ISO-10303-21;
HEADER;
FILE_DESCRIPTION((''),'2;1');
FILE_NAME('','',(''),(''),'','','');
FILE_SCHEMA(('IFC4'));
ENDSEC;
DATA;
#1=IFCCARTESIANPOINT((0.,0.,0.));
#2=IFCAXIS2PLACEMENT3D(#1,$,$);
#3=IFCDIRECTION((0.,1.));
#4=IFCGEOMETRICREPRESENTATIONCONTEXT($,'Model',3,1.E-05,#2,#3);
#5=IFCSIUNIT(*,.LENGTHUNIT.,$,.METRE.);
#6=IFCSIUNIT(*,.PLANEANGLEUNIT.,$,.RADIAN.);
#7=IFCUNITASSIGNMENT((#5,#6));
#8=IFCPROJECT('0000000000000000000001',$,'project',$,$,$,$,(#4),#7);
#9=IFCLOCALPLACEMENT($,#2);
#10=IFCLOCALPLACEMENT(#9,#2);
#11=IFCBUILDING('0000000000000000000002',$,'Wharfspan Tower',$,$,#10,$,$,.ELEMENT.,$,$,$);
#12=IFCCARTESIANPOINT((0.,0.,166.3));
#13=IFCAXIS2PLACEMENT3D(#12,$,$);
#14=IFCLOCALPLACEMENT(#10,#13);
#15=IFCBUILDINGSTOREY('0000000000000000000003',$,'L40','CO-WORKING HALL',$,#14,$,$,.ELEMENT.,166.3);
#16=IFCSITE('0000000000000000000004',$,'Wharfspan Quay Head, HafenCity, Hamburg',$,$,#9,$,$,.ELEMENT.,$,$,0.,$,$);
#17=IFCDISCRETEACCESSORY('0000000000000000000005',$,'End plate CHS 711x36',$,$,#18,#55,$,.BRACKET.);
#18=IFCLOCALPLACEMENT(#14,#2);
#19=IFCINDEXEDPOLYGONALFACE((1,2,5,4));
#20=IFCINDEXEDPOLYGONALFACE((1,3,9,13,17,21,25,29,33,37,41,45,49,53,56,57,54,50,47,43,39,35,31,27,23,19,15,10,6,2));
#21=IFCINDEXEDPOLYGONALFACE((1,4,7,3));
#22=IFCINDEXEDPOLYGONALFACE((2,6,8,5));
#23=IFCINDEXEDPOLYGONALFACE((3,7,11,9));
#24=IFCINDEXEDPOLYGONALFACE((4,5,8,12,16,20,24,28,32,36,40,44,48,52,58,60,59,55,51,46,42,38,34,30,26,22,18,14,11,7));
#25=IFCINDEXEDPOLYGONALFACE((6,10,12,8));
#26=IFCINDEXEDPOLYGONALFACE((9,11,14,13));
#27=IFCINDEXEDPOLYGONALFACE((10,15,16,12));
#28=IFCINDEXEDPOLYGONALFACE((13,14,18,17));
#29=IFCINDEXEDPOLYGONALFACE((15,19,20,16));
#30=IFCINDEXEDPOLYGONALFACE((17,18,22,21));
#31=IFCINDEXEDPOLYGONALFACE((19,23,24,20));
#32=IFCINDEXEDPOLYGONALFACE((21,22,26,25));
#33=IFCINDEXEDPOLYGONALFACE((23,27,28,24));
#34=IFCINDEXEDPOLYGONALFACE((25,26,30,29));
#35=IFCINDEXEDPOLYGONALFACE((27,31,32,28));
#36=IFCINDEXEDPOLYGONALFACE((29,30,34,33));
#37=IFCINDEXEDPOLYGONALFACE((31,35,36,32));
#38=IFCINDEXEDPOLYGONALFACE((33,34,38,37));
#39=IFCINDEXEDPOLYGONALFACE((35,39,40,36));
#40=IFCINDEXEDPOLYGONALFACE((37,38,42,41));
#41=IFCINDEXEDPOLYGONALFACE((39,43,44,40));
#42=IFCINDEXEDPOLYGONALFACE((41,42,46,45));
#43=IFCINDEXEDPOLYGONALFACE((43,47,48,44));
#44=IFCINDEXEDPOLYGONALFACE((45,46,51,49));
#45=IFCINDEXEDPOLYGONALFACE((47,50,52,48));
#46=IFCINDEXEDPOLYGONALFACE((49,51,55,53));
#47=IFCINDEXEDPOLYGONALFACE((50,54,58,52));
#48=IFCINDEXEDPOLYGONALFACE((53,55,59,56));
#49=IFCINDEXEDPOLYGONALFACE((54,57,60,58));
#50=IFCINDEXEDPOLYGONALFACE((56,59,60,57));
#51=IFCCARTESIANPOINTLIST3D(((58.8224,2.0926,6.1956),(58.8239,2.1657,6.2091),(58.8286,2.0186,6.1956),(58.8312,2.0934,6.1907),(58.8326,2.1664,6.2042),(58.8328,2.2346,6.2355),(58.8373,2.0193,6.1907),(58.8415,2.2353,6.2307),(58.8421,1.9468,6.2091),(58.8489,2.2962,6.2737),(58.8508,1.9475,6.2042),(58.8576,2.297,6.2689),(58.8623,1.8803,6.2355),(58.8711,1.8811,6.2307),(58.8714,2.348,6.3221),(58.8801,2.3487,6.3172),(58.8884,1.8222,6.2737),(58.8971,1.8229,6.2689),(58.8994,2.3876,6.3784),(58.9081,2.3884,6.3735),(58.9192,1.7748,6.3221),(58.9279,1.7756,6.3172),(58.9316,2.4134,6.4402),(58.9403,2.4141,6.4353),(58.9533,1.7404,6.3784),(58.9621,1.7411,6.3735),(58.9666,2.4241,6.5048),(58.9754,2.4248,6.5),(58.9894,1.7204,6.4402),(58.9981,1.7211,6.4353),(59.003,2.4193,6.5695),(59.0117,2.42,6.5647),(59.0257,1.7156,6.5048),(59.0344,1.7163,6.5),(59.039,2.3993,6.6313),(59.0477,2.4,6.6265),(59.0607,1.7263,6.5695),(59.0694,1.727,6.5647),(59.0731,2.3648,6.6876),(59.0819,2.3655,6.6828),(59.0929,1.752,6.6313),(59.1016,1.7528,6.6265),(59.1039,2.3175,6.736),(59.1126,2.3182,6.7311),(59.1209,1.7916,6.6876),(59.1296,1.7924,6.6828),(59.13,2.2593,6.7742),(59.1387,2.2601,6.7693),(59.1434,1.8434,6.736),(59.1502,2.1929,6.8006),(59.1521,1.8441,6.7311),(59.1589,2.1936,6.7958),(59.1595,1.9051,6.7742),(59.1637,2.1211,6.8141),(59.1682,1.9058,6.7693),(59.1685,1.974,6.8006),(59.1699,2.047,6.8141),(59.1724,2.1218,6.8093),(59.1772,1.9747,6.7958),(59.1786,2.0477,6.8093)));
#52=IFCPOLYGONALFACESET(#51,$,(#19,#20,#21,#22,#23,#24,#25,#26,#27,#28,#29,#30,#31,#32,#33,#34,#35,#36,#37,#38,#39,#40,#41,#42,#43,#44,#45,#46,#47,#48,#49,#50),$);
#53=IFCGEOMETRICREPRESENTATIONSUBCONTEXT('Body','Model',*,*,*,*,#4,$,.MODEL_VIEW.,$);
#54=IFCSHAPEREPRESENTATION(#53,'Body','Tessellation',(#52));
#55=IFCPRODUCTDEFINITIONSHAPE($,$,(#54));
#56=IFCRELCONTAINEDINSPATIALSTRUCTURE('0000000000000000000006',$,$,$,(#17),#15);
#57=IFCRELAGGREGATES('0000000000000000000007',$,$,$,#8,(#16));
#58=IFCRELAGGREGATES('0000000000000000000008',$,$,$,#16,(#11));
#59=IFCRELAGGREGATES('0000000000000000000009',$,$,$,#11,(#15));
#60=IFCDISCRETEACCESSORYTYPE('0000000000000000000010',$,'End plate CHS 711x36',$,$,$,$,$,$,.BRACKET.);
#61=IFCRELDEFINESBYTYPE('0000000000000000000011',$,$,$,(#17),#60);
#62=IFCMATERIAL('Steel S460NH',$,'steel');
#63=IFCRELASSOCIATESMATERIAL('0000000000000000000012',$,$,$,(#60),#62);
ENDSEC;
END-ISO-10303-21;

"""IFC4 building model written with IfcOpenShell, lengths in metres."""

from ifc_helpers import new_model, si_unit, direction, frame, origin, origin_2d, place, context, subcontext, project, spatial, circle, extrude, material, material_profile, profile_set, type_object, element, save


model = new_model("IFC4")

# Units and contexts
model_context = context("Model", 3, precision=1e-05, world=origin(), true_north=direction((0.0, 1.0)))
body_context = subcontext(model_context, "Body", "Model", "MODEL_VIEW")
ifc_project = project(units=[si_unit("LENGTHUNIT", "METRE"), si_unit("PLANEANGLEUNIT", "RADIAN")], contexts=[model_context])

# Site, building, storey
site_placement = place(None, origin())
site = spatial("IfcSite", under=ifc_project, at=site_placement, Name="Wharfspan Quay Head, HafenCity, Hamburg", CompositionType="ELEMENT", RefElevation=0.0)
building_placement = place(site_placement, origin())
building = spatial("IfcBuilding", under=site, at=building_placement, Name="Wharfspan Tower", CompositionType="ELEMENT")
storey_placement = place(building_placement, frame((0.0, 0.0, 166.3)))
storey = spatial("IfcBuildingStorey", under=building, at=storey_placement, Name="L40", Description="CO-WORKING HALL", CompositionType="ELEMENT", Elevation=166.3)

# Shared definitions
ifc_material_1 = material(Name="Steel S460NH", Category="steel")

# Discrete accessory
ifc_material_profile_1 = material_profile(ifc_material_1, circle(Radius=0.3555, at=origin_2d()))
ifc_profile_set_1 = profile_set([ifc_material_profile_1], Name="Steel S460NH")
discrete_accessory_type = type_object("IfcDiscreteAccessoryType", Name="End plate CHS 711x36", PredefinedType="BRACKET", material=ifc_profile_set_1)
for number, where, z_axis, x_axis, name in (
    (1, (59.0049, 2.0706, 6.5), (-0.871847, -0.072654, 0.484359), (0.083044, -0.996547, -0.000003), "End plate CHS 711x36"),
):
    element("IfcDiscreteAccessory", number, at=place(storey_placement, frame(where, z_axis=z_axis, x_axis=x_axis)), inside=storey, type_object=discrete_accessory_type, Name=name, PredefinedType="BRACKET", context=body_context, shape_type="SweptSolid", body=[
        extrude(circle(Radius=0.3555, at=origin_2d()), origin(), (0.0, 0.0, 1.0), 0.01),
    ])

save(model, "model.ifc")
